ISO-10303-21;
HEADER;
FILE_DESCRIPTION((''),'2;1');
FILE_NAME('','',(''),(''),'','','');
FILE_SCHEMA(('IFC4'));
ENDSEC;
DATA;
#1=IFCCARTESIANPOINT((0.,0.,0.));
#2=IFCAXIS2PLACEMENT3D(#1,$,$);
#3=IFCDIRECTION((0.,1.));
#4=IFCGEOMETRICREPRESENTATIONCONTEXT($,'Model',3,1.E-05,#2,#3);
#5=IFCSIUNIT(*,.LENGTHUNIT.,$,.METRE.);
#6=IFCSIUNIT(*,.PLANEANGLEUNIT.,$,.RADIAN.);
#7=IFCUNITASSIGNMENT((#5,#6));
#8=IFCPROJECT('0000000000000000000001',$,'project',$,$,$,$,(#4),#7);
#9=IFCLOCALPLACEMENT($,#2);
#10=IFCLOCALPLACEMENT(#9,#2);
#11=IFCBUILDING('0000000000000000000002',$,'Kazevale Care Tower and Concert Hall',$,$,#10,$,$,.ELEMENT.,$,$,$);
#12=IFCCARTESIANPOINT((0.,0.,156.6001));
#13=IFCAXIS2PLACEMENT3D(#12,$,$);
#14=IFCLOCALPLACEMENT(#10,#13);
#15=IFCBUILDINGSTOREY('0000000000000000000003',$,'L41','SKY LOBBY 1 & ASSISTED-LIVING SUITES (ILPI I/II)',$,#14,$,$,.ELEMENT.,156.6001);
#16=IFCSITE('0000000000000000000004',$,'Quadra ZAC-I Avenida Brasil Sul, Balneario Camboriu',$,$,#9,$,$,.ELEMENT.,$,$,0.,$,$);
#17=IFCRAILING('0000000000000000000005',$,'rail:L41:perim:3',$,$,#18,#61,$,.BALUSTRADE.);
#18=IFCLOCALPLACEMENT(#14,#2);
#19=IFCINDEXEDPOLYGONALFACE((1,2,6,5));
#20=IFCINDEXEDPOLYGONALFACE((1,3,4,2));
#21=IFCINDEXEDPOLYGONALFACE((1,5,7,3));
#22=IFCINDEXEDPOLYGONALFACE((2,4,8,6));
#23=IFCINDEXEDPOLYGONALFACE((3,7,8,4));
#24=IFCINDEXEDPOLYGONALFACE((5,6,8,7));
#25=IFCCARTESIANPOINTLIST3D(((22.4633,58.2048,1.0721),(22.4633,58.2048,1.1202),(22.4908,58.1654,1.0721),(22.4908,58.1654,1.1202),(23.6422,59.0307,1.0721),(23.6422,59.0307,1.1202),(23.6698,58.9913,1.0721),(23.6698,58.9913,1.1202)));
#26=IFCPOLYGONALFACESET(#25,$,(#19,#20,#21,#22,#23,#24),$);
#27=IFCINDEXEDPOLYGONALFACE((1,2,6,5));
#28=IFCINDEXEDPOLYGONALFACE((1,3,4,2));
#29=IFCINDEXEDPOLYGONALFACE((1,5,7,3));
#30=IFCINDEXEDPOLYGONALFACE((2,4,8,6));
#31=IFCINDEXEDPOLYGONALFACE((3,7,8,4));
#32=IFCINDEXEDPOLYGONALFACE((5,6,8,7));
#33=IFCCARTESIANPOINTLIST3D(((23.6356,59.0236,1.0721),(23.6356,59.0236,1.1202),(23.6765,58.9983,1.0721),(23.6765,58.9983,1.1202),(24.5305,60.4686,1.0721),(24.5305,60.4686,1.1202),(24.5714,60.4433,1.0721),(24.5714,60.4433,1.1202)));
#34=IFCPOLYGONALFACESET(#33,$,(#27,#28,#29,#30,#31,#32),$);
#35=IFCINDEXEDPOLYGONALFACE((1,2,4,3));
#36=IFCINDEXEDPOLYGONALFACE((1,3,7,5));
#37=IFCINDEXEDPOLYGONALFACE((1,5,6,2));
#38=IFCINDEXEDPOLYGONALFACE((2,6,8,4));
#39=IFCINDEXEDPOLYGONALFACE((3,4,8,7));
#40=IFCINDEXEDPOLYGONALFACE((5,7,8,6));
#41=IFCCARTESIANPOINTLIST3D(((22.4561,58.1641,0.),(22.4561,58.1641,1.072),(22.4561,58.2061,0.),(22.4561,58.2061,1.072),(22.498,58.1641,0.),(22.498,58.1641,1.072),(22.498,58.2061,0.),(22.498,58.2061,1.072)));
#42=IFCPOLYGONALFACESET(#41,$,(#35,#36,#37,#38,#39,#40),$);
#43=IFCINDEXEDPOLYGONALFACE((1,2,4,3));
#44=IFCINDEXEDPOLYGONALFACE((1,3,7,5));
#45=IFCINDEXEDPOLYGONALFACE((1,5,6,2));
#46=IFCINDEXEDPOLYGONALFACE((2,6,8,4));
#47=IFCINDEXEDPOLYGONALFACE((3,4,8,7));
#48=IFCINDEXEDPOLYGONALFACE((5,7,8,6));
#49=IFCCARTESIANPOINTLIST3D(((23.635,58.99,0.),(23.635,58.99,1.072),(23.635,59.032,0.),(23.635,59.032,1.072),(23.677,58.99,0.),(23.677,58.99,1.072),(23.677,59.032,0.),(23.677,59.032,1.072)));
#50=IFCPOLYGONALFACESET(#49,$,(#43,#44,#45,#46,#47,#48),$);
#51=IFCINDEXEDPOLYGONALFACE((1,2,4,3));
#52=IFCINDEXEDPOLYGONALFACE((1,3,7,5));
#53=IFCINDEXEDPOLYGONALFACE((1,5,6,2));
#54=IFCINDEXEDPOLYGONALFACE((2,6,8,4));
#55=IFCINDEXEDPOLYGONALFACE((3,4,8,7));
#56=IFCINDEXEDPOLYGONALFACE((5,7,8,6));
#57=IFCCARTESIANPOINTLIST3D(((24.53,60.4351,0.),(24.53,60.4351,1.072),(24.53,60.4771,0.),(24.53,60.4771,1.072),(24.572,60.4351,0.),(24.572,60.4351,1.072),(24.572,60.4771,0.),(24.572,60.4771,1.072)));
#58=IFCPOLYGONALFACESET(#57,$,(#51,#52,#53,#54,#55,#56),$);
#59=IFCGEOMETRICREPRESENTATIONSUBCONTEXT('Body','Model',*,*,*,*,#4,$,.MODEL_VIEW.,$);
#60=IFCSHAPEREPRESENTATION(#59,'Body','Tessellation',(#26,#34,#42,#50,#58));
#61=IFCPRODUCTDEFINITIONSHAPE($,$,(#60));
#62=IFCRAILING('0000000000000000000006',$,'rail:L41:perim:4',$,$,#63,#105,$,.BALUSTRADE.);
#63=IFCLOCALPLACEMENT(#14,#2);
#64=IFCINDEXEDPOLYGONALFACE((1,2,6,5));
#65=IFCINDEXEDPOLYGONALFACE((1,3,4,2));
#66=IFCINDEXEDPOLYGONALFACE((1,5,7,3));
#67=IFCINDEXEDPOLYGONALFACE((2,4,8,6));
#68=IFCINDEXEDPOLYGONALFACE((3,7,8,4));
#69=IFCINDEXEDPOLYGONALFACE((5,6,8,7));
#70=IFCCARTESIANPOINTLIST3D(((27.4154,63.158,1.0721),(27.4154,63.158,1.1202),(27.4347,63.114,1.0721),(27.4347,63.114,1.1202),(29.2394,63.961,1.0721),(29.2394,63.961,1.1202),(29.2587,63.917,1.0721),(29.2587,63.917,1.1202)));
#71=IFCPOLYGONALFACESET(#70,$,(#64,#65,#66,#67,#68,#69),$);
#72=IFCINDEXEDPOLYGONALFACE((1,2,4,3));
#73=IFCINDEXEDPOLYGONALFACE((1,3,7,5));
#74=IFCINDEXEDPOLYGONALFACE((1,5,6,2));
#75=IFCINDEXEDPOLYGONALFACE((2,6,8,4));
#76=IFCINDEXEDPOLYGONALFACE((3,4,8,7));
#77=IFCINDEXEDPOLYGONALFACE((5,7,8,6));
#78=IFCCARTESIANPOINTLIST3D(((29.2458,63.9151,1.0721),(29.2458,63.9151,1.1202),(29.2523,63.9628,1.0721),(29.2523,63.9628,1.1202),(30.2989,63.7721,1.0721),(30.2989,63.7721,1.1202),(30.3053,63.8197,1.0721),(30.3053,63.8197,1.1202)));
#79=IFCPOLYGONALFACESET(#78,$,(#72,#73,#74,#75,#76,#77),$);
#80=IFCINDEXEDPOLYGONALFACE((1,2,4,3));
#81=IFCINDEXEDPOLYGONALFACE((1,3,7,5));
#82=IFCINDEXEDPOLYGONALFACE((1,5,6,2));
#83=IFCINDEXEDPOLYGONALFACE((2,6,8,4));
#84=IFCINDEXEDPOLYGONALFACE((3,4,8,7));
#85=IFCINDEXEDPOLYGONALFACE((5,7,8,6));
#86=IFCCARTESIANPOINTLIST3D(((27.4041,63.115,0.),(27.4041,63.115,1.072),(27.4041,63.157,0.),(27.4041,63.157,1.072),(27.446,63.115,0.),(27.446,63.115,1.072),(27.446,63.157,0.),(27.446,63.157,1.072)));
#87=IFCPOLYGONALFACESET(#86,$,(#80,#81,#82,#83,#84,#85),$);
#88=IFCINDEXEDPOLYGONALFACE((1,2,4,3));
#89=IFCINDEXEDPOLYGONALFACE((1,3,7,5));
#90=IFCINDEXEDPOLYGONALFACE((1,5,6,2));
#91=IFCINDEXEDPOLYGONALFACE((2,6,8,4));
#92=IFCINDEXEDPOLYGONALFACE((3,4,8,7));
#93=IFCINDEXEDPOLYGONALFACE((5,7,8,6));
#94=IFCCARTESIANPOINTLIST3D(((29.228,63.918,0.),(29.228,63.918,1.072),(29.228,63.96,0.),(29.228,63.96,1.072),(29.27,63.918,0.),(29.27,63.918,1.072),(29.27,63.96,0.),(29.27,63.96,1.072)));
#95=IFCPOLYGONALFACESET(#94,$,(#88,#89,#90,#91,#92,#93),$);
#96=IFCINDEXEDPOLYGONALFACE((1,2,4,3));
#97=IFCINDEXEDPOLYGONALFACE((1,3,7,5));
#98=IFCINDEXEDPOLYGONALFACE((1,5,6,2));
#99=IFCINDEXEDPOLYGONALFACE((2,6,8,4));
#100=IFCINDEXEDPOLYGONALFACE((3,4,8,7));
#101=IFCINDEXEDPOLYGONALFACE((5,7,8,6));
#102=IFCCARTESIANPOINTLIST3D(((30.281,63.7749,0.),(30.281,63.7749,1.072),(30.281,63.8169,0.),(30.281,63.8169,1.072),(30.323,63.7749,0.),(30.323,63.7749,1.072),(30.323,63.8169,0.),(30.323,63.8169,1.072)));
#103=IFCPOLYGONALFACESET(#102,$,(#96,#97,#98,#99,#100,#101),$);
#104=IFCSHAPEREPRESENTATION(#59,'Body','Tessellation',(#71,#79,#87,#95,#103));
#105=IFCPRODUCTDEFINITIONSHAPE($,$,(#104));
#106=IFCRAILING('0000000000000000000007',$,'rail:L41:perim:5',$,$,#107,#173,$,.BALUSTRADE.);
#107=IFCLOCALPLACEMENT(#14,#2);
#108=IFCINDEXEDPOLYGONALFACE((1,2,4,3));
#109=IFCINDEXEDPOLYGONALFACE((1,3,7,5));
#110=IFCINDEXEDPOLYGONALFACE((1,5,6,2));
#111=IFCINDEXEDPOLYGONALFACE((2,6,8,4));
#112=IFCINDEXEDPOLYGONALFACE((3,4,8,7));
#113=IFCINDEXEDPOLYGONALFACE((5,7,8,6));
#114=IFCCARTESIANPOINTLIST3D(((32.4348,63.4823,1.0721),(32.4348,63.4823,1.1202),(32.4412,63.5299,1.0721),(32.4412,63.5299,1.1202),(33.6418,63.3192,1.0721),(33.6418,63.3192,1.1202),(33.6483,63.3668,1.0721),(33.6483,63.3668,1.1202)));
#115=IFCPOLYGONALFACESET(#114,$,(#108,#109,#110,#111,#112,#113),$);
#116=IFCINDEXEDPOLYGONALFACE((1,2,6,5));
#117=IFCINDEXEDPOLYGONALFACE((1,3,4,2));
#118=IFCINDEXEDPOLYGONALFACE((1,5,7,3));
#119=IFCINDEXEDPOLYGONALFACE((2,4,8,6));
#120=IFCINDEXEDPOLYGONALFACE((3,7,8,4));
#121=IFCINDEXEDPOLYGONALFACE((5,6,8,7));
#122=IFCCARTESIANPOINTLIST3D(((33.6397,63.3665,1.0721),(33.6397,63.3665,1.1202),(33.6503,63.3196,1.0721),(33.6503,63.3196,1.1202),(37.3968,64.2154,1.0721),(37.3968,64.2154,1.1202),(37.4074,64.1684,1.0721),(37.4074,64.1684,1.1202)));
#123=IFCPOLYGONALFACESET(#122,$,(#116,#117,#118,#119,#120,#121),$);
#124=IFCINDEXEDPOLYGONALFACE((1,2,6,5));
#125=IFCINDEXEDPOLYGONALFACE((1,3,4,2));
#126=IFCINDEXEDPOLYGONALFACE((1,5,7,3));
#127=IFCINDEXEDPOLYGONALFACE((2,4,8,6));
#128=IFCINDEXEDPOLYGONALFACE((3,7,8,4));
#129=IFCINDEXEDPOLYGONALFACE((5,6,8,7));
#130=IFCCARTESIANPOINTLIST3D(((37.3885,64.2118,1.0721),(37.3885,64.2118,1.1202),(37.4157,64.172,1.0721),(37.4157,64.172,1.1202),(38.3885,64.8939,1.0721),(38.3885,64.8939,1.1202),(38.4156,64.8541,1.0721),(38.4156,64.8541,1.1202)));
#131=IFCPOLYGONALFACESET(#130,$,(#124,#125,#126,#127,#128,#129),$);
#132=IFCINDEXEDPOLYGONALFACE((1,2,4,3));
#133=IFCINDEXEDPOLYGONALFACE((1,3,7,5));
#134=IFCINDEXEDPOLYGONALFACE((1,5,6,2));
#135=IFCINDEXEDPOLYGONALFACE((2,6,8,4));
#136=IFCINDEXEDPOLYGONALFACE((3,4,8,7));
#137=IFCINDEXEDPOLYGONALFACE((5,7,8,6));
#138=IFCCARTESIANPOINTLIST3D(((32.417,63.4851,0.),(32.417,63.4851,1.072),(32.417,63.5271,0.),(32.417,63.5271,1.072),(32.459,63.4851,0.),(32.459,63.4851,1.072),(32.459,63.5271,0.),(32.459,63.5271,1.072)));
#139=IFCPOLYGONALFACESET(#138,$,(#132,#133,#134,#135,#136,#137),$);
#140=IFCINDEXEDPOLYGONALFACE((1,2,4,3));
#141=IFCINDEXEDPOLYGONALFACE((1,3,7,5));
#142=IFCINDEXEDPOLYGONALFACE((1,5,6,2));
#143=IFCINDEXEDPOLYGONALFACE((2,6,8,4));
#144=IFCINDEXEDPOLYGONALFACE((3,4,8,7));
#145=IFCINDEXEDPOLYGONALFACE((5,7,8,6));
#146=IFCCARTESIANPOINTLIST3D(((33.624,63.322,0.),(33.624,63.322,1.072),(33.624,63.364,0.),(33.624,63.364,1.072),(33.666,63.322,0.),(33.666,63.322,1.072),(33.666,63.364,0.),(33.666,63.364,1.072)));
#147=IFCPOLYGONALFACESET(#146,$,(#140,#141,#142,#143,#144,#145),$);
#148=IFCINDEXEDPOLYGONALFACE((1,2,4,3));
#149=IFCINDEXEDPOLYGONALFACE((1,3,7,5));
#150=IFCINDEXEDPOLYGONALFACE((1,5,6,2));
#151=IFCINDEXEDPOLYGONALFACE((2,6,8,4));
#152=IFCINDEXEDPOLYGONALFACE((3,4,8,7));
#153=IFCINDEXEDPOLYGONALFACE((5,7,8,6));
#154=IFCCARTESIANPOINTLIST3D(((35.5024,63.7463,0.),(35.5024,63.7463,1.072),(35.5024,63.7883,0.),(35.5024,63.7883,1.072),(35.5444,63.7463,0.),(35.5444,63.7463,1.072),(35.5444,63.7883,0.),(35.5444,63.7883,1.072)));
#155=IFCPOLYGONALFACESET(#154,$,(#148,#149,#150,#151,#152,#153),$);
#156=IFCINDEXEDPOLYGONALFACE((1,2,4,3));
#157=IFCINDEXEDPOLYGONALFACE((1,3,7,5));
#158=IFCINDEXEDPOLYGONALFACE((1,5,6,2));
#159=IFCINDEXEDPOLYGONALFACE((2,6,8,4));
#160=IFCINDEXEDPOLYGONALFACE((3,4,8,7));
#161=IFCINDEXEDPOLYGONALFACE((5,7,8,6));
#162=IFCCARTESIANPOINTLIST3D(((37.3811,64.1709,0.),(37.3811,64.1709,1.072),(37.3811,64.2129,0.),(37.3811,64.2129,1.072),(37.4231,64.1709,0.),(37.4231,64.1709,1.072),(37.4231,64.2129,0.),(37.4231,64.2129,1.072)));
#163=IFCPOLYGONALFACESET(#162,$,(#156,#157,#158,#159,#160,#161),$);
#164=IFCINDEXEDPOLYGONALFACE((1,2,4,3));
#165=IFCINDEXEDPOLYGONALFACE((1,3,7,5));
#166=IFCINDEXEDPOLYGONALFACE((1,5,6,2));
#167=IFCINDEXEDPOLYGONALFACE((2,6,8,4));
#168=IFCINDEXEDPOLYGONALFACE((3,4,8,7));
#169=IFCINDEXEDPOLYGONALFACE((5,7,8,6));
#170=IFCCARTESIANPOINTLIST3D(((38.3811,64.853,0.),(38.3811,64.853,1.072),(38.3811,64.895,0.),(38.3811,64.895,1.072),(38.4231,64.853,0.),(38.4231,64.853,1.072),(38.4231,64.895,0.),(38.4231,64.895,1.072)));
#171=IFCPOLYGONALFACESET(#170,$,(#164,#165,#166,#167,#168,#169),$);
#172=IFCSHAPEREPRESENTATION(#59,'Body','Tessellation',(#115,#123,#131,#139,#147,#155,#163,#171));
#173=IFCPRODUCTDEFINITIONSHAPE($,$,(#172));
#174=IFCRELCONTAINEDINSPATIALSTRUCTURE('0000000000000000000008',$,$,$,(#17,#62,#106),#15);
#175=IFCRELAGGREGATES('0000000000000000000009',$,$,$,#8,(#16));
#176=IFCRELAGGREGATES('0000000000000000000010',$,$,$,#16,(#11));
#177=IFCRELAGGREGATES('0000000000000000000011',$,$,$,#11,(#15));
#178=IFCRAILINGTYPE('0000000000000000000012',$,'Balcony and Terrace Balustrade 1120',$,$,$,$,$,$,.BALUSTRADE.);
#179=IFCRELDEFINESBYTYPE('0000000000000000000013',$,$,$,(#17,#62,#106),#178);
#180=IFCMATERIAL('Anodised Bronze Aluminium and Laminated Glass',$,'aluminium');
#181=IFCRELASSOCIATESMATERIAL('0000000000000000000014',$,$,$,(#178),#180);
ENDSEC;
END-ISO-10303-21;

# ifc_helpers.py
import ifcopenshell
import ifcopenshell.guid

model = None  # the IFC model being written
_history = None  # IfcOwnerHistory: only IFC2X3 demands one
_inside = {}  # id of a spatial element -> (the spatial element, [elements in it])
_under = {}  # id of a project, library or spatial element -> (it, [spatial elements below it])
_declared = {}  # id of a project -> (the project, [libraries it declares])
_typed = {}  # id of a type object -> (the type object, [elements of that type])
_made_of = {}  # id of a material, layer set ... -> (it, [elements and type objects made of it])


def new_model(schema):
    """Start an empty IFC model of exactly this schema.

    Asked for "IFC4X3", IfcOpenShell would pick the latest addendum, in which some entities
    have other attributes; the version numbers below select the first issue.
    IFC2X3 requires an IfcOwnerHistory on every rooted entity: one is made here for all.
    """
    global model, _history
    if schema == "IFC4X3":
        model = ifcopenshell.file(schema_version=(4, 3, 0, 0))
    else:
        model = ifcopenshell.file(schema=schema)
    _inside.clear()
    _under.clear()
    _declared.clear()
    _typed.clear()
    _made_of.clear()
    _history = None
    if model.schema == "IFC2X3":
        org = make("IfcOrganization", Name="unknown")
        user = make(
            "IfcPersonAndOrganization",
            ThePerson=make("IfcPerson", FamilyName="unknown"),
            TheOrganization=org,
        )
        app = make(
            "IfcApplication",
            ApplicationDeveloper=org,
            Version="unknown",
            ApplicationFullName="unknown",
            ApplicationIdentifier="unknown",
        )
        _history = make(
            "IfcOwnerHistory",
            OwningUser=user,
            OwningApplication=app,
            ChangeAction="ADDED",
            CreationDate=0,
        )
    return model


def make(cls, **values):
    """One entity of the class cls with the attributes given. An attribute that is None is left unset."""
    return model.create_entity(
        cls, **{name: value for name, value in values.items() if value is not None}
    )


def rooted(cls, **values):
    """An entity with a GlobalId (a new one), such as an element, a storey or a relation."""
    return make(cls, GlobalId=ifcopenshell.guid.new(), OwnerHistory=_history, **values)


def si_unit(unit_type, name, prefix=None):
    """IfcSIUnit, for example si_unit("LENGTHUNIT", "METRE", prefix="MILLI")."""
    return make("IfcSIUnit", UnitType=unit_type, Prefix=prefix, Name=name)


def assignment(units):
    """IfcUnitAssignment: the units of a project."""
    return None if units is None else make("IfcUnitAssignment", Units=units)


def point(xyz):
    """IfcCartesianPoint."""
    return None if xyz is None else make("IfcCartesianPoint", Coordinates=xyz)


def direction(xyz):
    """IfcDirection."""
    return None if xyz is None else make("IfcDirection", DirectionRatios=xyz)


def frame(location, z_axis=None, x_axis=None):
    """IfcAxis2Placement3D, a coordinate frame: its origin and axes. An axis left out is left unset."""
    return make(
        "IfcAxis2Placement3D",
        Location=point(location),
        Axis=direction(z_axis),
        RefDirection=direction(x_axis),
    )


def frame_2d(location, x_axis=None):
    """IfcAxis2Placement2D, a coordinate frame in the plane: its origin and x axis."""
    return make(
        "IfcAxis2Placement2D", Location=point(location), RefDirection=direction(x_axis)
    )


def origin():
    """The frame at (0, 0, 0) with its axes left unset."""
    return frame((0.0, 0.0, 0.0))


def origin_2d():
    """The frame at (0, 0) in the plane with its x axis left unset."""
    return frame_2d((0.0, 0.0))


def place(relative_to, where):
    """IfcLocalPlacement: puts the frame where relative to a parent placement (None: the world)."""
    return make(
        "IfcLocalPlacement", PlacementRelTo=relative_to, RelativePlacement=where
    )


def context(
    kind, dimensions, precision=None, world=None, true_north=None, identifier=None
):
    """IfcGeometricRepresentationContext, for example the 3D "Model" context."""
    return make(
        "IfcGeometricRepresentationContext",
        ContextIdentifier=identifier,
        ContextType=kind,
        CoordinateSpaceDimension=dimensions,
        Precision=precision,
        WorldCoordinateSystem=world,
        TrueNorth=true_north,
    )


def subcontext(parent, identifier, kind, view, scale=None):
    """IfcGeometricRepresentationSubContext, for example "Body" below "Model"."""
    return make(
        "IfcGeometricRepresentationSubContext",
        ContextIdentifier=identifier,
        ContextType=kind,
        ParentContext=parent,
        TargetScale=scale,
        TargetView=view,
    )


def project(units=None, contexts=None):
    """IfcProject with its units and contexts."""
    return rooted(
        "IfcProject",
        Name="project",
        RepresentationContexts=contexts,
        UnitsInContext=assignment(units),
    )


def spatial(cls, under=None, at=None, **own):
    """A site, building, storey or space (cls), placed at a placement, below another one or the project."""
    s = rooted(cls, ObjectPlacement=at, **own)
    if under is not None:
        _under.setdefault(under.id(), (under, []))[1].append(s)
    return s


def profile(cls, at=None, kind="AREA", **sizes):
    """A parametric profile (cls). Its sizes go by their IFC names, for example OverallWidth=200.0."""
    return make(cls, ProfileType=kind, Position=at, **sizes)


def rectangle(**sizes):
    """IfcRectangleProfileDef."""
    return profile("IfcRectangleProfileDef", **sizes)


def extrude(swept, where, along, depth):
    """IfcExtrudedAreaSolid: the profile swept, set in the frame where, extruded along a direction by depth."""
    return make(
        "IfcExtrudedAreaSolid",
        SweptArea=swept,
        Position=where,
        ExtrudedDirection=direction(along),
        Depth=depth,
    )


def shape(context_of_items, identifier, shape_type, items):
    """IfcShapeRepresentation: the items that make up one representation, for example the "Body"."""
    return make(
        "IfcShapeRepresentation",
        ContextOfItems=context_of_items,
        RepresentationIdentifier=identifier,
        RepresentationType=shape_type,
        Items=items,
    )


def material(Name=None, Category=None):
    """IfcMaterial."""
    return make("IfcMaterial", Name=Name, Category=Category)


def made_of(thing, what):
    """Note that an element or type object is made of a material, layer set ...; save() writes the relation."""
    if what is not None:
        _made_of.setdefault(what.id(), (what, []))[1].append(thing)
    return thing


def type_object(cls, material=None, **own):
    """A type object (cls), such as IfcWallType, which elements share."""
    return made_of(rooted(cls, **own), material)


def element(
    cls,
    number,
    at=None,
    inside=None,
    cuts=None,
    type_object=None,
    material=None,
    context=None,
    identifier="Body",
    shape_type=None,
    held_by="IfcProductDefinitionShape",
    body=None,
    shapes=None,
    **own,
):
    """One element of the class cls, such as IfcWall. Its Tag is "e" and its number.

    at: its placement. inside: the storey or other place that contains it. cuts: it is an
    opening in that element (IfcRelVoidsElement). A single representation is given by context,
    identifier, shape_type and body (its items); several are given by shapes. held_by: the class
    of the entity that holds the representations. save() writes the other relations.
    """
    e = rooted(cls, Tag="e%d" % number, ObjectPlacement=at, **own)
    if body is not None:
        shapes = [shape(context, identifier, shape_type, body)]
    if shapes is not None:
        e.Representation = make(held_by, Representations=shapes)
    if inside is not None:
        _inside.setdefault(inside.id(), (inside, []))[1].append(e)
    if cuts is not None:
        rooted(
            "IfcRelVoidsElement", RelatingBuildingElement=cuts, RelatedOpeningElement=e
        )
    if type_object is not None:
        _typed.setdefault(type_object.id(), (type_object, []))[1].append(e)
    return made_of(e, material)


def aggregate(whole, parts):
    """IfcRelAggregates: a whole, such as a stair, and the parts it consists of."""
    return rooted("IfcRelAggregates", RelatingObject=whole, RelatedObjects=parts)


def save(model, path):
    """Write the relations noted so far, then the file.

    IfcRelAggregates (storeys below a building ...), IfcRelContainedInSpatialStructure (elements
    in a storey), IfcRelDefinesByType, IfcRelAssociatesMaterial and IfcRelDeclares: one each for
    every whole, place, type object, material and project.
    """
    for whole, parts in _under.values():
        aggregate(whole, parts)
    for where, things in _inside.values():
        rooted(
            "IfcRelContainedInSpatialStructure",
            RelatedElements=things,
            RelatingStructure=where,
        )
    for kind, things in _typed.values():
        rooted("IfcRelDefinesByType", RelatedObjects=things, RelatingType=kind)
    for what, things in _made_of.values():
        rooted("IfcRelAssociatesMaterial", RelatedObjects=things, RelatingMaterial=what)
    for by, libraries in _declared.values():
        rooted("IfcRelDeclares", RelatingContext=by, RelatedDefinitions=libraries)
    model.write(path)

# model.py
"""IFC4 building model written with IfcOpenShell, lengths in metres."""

from ifc_helpers import new_model, si_unit, direction, frame, origin, origin_2d, place, context, subcontext, project, spatial, rectangle, extrude, material, type_object, element, save


model = new_model("IFC4")

# Units and contexts
model_context = context("Model", 3, precision=1e-05, world=origin(), true_north=direction((0.0, 1.0)))
body_context = subcontext(model_context, "Body", "Model", "MODEL_VIEW")
ifc_project = project(units=[si_unit("LENGTHUNIT", "METRE"), si_unit("PLANEANGLEUNIT", "RADIAN")], contexts=[model_context])

# Site, building, storey
site_placement = place(None, origin())
site = spatial("IfcSite", under=ifc_project, at=site_placement, Name="Quadra ZAC-I Avenida Brasil Sul, Balneario Camboriu", CompositionType="ELEMENT", RefElevation=0.0)
building_placement = place(site_placement, origin())
building = spatial("IfcBuilding", under=site, at=building_placement, Name="Kazevale Care Tower and Concert Hall", CompositionType="ELEMENT")
storey_placement = place(building_placement, frame((0.0, 0.0, 156.6001)))
storey = spatial("IfcBuildingStorey", under=building, at=storey_placement, Name="L41", Description="SKY LOBBY 1 & ASSISTED-LIVING SUITES (ILPI I/II)", CompositionType="ELEMENT", Elevation=156.6001)

# Railings
ifc_material_1 = material(Name="Anodised Bronze Aluminium and Laminated Glass", Category="aluminium")
railing_type = type_object("IfcRailingType", Name="Balcony and Terrace Balustrade 1120", PredefinedType="BALUSTRADE", material=ifc_material_1)
railing_1_placement = place(storey_placement, frame((22.4771, 58.1851, 0.0)))
element("IfcRailing", 1, at=railing_1_placement, inside=storey, type_object=railing_type, Name="rail:L41:perim:3", PredefinedType="BALUSTRADE", context=body_context, shape_type="SweptSolid", body=[
    extrude(rectangle(XDim=0.0481, YDim=0.0481, at=origin_2d()), frame((0.0, 0.0, 1.0962), z_axis=(0.819017, 0.57377, 0.0), x_axis=(-0.57377, 0.819017, 0.0)), (0.0, 0.0, 1.0), 1.4395),
    extrude(rectangle(XDim=0.0481, YDim=0.0481, at=origin_2d()), frame((1.179, 0.8259, 1.0962), z_axis=(0.526547, 0.850146, 0.0), x_axis=(-0.850146, 0.526547, 0.0)), (0.0, 0.0, 1.0), 1.6997),
    extrude(rectangle(XDim=0.042, YDim=0.042, at=origin_2d()), origin(), (0.0, 0.0, 1.0), 1.072),
    extrude(rectangle(XDim=0.042, YDim=0.042, at=origin_2d()), frame((1.179, 0.8259, 0.0)), (0.0, 0.0, 1.0), 1.072),
    extrude(rectangle(XDim=0.042, YDim=0.042, at=origin_2d()), frame((2.074, 2.271, 0.0)), (0.0, 0.0, 1.0), 1.072),
])
railing_2_placement = place(storey_placement, frame((27.425, 63.136, 0.0)))
element("IfcRailing", 2, at=railing_2_placement, inside=storey, type_object=railing_type, Name="rail:L41:perim:4", PredefinedType="BALUSTRADE", context=body_context, shape_type="SweptSolid", body=[
    extrude(rectangle(XDim=0.0481, YDim=0.0481, at=origin_2d()), frame((0.0, 0.0, 1.0962), z_axis=(0.915236, 0.402919, 0.0), x_axis=(-0.402919, 0.915236, 0.0)), (0.0, 0.0, 1.0), 1.9929),
    extrude(rectangle(XDim=0.0481, YDim=0.0481, at=origin_2d()), frame((1.824, 0.803, 1.0962), z_axis=(0.990896, -0.134631, 0.0), x_axis=(0.134631, 0.990896, 0.0)), (0.0, 0.0, 1.0), 1.0627),
    extrude(rectangle(XDim=0.042, YDim=0.042, at=origin_2d()), origin(), (0.0, 0.0, 1.0), 1.072),
    extrude(rectangle(XDim=0.042, YDim=0.042, at=origin_2d()), frame((1.824, 0.803, 0.0)), (0.0, 0.0, 1.0), 1.072),
    extrude(rectangle(XDim=0.042, YDim=0.042, at=origin_2d()), frame((2.877, 0.6599, 0.0)), (0.0, 0.0, 1.0), 1.072),
])
railing_3_placement = place(storey_placement, frame((32.438, 63.5061, 0.0)))
element("IfcRailing", 3, at=railing_3_placement, inside=storey, type_object=railing_type, Name="rail:L41:perim:5", PredefinedType="BALUSTRADE", context=body_context, shape_type="SweptSolid", body=[
    extrude(rectangle(XDim=0.0481, YDim=0.0481, at=origin_2d()), frame((0.0, 0.0, 1.0962), z_axis=(0.990995, -0.133897, 0.0), x_axis=(0.133897, 0.990995, 0.0)), (0.0, 0.0, 1.0), 1.218),
    extrude(rectangle(XDim=0.0481, YDim=0.0481, at=origin_2d()), frame((1.207, -0.1631, 1.0962), z_axis=(0.975413, 0.220385, 0.0), x_axis=(-0.220385, 0.975413, 0.0)), (0.0, 0.0, 1.0), 3.8518),
    extrude(rectangle(XDim=0.0481, YDim=0.0481, at=origin_2d()), frame((4.9641, 0.6858, 1.0962), z_axis=(0.826108, 0.563512, 0.0), x_axis=(-0.563512, 0.826108, 0.0)), (0.0, 0.0, 1.0), 1.2104),
    extrude(rectangle(XDim=0.042, YDim=0.042, at=origin_2d()), origin(), (0.0, 0.0, 1.0), 1.072),
    extrude(rectangle(XDim=0.042, YDim=0.042, at=origin_2d()), frame((1.207, -0.1631, 0.0)), (0.0, 0.0, 1.0), 1.072),
    extrude(rectangle(XDim=0.042, YDim=0.042, at=origin_2d()), frame((3.0854, 0.2612, 0.0)), (0.0, 0.0, 1.0), 1.072),
    extrude(rectangle(XDim=0.042, YDim=0.042, at=origin_2d()), frame((4.9641, 0.6858, 0.0)), (0.0, 0.0, 1.0), 1.072),
    extrude(rectangle(XDim=0.042, YDim=0.042, at=origin_2d()), frame((5.9641, 1.3679, 0.0)), (0.0, 0.0, 1.0), 1.072),
])

save(model, "model.ifc")
